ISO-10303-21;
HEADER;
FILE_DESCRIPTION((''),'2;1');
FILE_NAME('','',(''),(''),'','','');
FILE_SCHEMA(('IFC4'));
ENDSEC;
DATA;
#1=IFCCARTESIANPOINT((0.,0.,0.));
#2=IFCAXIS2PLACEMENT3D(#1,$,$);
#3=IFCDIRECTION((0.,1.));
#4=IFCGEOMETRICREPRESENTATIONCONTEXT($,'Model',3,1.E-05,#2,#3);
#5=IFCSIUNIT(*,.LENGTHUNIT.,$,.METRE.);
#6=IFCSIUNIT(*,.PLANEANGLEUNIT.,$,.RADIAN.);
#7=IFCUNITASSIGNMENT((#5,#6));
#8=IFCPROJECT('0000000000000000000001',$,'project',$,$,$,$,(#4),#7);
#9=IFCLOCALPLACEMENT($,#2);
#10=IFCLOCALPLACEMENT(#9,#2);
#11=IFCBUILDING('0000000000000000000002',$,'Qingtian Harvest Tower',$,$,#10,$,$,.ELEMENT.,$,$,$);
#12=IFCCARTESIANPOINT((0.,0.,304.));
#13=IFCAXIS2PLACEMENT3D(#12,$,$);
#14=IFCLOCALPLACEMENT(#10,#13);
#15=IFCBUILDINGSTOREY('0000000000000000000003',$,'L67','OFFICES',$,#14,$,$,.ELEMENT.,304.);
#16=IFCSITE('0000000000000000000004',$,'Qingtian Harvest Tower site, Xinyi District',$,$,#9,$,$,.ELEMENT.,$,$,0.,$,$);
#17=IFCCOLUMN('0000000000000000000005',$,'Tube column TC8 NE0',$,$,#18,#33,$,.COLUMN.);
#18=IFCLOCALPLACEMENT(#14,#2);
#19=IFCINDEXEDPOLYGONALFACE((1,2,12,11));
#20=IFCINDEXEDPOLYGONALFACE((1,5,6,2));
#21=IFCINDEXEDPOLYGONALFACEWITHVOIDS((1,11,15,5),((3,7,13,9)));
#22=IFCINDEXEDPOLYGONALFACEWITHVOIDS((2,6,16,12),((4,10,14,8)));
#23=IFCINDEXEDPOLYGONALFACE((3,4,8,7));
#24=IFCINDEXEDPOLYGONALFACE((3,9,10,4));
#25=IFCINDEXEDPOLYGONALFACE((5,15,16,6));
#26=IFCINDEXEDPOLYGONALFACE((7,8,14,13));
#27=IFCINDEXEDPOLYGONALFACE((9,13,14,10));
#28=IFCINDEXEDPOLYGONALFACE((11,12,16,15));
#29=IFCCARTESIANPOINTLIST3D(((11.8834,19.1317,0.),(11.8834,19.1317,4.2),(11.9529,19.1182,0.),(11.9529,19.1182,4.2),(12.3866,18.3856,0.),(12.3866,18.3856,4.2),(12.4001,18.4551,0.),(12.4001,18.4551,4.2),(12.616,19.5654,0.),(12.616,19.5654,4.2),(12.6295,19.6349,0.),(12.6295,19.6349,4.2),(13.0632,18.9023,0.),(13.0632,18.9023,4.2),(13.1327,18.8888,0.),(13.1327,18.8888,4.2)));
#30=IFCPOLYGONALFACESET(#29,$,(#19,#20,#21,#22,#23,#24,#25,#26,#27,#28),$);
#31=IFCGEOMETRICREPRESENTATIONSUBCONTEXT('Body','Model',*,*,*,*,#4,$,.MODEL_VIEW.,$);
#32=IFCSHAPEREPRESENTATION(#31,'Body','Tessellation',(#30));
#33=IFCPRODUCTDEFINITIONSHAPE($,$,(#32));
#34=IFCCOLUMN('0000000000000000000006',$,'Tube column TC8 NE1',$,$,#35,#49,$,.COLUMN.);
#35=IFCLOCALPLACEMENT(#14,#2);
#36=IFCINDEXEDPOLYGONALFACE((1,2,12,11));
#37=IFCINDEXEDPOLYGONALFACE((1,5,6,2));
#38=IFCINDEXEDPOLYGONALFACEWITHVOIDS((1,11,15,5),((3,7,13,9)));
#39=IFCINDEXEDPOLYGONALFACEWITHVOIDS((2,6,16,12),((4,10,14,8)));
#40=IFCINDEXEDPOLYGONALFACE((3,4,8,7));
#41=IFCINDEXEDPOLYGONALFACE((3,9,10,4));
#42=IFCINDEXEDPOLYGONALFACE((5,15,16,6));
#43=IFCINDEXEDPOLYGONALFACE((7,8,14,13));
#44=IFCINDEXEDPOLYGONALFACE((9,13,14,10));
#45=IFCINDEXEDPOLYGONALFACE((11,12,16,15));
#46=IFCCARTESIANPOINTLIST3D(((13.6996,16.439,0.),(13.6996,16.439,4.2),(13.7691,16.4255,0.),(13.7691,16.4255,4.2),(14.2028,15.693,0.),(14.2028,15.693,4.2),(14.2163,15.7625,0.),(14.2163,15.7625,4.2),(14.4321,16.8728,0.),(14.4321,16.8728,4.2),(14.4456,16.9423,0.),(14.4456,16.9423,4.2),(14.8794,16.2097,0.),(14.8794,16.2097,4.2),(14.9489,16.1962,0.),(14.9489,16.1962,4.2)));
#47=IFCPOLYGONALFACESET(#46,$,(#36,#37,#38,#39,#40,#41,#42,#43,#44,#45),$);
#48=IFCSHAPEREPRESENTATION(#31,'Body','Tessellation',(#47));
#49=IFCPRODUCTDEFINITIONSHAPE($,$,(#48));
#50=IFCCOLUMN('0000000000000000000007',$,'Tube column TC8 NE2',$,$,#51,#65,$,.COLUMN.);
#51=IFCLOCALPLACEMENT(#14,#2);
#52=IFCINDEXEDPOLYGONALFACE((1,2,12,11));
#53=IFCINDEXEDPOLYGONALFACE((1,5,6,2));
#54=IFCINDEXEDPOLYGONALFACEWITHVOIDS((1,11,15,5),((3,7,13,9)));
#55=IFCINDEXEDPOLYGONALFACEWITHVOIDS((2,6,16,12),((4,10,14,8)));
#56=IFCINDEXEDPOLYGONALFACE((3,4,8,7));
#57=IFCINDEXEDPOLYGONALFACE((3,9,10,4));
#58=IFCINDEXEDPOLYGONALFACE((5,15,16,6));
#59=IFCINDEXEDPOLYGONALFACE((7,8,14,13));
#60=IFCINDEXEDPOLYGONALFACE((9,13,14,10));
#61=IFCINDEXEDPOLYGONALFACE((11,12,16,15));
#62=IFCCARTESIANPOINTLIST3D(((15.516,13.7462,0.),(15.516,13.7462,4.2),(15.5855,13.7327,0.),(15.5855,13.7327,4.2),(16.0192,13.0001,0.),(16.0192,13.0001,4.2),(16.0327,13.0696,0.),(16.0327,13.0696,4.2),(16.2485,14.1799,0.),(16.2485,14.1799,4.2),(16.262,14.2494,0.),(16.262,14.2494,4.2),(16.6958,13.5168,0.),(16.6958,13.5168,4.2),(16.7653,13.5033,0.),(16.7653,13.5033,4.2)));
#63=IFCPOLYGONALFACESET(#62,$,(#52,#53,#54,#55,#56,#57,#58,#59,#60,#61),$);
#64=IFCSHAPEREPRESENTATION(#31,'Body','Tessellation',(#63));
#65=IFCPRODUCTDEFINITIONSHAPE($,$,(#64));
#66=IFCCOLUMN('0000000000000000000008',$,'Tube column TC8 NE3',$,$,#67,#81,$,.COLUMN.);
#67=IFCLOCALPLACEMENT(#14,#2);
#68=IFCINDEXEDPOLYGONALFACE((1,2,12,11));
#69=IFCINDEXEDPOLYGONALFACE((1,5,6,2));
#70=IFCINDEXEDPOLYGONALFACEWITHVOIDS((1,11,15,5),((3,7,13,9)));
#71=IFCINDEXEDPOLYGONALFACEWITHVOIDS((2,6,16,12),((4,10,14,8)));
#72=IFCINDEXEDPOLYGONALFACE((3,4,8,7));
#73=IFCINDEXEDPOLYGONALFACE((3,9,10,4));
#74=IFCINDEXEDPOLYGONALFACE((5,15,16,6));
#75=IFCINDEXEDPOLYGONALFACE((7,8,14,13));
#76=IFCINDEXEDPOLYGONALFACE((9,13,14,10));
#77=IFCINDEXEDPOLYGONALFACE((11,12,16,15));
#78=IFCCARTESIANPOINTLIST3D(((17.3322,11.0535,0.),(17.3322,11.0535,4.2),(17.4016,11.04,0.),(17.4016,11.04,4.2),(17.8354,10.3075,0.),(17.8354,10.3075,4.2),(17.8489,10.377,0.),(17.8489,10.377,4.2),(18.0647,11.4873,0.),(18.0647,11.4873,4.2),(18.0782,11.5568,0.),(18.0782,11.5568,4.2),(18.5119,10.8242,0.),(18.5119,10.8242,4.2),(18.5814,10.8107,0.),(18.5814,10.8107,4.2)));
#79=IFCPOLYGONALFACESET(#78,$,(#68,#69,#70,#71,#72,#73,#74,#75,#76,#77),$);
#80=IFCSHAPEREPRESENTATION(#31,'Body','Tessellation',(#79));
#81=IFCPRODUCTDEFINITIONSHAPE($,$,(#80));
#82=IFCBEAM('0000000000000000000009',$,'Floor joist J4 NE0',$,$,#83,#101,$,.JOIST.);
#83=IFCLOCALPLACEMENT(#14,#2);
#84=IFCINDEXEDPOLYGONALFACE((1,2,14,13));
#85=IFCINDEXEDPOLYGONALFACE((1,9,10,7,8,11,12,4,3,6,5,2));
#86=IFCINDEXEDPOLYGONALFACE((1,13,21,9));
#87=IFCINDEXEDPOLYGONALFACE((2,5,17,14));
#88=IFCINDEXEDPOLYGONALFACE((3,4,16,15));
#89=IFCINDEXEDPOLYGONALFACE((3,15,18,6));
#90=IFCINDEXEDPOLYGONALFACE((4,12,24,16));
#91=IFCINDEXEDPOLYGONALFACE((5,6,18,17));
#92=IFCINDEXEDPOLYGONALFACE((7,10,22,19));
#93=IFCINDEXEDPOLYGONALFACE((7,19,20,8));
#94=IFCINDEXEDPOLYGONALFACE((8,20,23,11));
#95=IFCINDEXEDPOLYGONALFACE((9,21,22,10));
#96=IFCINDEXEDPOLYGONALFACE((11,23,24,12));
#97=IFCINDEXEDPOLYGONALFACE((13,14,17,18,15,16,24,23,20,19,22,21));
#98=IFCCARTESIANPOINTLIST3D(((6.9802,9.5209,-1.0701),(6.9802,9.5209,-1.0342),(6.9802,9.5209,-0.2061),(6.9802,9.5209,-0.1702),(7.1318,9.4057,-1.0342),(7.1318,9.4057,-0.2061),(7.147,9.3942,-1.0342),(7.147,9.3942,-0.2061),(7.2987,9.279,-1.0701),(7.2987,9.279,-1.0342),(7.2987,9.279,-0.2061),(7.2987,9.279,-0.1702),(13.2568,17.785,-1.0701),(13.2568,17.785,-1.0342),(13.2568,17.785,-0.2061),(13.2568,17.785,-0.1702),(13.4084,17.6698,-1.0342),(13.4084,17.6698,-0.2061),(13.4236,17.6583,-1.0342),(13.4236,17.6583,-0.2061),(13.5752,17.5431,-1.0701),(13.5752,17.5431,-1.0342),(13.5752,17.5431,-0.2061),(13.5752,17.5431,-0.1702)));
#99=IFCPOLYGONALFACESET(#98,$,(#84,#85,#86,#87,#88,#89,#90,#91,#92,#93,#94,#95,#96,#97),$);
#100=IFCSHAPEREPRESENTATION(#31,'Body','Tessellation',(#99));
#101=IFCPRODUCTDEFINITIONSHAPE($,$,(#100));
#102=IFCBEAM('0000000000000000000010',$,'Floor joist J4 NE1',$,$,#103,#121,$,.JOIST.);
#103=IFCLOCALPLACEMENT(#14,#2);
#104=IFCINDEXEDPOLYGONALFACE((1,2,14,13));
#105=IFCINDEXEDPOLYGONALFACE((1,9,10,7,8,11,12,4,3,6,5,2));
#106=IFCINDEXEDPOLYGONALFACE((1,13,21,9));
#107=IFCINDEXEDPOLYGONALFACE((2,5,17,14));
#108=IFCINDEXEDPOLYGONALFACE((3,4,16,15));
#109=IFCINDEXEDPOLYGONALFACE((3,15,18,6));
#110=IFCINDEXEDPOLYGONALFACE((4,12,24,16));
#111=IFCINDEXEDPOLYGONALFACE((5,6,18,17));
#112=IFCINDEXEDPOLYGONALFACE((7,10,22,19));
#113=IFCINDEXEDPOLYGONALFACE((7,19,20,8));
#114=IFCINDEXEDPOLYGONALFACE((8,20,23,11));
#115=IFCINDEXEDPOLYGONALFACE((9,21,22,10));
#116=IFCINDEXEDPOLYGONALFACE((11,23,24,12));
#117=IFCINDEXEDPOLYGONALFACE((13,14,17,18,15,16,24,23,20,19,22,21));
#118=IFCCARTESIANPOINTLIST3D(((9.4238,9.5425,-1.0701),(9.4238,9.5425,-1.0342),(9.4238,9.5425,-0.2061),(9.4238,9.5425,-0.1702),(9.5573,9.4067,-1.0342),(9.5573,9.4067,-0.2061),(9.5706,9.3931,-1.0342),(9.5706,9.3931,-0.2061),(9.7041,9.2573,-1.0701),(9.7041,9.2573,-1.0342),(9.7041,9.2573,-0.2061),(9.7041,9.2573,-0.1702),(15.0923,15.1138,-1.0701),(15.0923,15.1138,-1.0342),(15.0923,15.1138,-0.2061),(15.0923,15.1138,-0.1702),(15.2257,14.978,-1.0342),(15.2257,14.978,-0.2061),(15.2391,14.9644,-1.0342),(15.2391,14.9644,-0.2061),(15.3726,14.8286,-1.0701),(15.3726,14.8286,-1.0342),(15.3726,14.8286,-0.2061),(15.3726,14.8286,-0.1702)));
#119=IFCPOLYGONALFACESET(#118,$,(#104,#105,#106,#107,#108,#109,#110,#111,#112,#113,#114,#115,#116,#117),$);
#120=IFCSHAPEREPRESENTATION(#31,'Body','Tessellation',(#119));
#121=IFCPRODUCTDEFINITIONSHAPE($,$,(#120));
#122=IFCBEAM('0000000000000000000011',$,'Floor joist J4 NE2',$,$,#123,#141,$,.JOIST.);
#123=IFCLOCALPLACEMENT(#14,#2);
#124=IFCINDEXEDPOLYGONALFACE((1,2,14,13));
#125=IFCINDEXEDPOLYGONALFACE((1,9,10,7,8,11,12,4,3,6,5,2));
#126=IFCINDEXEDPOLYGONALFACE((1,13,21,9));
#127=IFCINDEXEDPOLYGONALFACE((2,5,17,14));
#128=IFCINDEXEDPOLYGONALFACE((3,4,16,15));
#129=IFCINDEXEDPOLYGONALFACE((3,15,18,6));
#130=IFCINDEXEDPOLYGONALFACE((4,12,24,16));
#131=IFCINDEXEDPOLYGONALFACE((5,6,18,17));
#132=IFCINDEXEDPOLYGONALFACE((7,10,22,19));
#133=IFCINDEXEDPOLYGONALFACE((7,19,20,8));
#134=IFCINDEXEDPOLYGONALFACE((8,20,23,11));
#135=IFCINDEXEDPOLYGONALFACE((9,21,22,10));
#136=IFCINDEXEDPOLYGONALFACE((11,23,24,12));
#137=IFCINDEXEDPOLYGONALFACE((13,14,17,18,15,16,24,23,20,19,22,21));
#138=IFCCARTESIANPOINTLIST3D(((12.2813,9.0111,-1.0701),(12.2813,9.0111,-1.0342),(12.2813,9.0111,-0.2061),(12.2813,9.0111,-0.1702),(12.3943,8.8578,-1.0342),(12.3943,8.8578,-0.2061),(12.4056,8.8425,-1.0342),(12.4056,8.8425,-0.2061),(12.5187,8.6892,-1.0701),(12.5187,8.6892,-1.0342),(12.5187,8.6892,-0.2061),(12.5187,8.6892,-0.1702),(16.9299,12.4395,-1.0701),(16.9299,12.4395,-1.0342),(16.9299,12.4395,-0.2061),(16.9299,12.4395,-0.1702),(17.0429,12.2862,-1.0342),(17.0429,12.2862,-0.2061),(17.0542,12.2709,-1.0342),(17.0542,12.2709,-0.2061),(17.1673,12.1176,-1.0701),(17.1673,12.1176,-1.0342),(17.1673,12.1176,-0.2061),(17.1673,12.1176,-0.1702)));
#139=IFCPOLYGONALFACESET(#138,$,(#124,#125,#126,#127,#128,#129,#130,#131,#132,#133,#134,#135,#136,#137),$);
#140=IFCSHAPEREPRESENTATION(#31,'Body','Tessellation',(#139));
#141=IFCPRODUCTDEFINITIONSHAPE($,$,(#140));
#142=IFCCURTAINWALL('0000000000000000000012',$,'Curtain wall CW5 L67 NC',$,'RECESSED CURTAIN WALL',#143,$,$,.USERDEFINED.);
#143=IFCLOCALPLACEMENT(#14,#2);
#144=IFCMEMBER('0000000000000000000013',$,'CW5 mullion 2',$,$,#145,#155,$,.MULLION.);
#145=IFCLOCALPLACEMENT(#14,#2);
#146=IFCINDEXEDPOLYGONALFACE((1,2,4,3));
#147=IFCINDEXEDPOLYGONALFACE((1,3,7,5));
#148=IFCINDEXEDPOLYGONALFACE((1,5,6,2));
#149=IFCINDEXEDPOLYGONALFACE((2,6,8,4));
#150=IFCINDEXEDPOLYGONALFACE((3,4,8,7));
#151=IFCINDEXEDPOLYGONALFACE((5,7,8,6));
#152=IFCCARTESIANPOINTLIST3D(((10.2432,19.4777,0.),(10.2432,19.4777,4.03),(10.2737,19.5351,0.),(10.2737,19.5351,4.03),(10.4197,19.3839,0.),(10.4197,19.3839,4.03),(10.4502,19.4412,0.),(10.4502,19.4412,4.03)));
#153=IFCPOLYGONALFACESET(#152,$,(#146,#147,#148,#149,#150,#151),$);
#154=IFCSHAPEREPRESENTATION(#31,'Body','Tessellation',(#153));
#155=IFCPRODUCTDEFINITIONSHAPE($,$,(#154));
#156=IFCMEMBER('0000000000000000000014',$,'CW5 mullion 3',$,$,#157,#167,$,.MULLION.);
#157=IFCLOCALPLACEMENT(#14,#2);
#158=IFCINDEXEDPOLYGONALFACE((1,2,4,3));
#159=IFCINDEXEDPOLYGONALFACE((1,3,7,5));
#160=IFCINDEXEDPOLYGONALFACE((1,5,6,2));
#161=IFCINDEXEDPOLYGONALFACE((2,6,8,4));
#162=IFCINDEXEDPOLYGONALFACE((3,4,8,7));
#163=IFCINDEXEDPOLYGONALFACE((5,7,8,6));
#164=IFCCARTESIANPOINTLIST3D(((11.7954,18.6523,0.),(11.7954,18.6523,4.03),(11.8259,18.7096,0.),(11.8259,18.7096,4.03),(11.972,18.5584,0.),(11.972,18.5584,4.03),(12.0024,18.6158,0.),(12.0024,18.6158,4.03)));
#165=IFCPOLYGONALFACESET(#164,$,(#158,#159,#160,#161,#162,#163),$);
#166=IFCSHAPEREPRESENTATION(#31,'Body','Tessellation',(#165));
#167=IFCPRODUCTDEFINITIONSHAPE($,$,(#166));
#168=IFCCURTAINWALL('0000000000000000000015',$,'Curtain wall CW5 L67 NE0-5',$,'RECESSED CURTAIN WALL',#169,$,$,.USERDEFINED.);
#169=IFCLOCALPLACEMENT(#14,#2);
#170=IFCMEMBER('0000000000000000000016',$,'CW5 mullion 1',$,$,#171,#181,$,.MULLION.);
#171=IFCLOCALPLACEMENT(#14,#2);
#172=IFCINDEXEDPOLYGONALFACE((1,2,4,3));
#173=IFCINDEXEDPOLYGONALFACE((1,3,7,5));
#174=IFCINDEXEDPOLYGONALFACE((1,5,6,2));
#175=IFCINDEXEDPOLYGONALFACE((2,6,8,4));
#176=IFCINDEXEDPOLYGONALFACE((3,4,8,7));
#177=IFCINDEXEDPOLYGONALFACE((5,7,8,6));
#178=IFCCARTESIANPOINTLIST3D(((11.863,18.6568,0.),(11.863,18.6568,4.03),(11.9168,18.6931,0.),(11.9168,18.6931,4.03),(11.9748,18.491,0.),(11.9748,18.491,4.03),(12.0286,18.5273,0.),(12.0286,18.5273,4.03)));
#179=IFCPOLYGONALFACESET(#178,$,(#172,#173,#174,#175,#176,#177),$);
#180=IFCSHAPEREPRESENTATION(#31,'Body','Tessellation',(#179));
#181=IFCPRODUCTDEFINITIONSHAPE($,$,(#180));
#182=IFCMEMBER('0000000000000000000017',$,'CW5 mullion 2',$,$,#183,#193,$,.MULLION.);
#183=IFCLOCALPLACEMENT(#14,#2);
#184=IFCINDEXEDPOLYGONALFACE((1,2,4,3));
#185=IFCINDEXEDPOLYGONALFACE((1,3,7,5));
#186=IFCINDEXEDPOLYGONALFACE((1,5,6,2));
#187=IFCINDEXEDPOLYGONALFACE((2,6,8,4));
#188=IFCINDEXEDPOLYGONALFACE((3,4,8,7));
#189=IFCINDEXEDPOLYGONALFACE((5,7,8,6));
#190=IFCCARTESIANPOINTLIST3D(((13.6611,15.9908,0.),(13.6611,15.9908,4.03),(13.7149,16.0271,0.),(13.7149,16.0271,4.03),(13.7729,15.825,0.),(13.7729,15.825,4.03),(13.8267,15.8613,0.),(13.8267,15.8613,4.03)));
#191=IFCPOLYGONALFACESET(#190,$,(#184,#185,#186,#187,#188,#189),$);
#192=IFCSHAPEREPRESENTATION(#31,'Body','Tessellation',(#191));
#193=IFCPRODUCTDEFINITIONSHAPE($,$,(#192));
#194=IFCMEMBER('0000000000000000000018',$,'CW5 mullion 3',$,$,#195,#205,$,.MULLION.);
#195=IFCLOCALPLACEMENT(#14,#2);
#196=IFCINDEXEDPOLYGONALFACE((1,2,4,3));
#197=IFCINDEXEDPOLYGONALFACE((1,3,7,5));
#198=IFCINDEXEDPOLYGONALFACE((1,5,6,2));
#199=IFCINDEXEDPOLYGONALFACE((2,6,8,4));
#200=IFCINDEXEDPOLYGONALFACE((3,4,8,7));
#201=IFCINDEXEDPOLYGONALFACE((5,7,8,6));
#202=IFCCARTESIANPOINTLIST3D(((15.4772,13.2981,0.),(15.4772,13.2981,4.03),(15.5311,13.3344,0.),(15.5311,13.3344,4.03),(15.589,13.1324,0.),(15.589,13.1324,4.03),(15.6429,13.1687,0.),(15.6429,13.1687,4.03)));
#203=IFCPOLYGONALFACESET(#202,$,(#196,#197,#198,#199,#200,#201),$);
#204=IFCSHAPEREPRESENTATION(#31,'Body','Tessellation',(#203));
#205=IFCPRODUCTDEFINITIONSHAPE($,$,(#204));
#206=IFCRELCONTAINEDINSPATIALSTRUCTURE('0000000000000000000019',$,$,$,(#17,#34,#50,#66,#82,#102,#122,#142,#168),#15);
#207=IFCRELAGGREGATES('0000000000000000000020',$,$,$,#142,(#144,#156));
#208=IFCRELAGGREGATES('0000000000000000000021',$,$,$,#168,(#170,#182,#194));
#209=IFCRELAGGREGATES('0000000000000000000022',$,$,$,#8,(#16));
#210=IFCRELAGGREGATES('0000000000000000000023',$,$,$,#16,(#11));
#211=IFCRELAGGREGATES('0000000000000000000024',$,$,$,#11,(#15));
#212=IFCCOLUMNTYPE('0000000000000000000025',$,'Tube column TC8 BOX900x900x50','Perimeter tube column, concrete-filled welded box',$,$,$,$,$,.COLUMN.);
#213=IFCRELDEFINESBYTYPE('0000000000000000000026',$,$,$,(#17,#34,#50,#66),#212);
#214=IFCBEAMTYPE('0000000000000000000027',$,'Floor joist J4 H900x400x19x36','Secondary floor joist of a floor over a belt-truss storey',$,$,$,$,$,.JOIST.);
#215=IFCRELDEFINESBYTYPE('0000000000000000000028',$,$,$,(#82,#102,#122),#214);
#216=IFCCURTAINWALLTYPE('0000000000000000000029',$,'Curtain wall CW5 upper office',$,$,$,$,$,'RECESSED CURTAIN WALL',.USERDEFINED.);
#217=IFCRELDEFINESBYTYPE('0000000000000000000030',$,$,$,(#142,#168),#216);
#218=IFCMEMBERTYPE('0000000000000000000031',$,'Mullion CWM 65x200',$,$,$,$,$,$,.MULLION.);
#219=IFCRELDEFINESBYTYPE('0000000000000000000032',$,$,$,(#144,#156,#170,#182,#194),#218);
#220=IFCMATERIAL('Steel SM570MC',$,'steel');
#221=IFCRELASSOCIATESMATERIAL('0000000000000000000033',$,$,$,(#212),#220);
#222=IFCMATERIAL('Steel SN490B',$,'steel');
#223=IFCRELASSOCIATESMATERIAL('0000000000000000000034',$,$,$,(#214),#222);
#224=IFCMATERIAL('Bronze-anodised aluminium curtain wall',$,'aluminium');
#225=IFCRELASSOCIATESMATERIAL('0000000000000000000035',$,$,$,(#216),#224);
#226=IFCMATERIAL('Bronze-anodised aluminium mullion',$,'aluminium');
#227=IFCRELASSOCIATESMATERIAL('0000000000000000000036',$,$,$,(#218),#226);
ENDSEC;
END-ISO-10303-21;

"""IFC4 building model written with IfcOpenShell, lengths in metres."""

from ifc_helpers import new_model, si_unit, direction, frame, origin, origin_2d, place, context, subcontext, project, spatial, rectangle, hollow_rectangle, i_section, extrude, material, material_profile, profile_set, type_object, element, aggregate, save


model = new_model("IFC4")

# Units and contexts
model_context = context("Model", 3, precision=1e-05, world=origin(), true_north=direction((0.0, 1.0)))
body_context = subcontext(model_context, "Body", "Model", "MODEL_VIEW")
ifc_project = project(units=[si_unit("LENGTHUNIT", "METRE"), si_unit("PLANEANGLEUNIT", "RADIAN")], contexts=[model_context])

# Site, building, storey
site_placement = place(None, origin())
site = spatial("IfcSite", under=ifc_project, at=site_placement, Name="Qingtian Harvest Tower site, Xinyi District", CompositionType="ELEMENT", RefElevation=0.0)
building_placement = place(site_placement, origin())
building = spatial("IfcBuilding", under=site, at=building_placement, Name="Qingtian Harvest Tower", CompositionType="ELEMENT")
storey_placement = place(building_placement, frame((0.0, 0.0, 304.0)))
storey = spatial("IfcBuildingStorey", under=building, at=storey_placement, Name="L67", Description="OFFICES", CompositionType="ELEMENT", Elevation=304.0)

# Columns
ifc_material_1 = material(Name="Steel SM570MC", Category="steel")
ifc_material_profile_1 = material_profile(ifc_material_1, hollow_rectangle(XDim=0.8999, YDim=0.8999, WallThickness=0.05, at=origin_2d()), Name="BOX900x900x50")
ifc_profile_set_1 = profile_set([ifc_material_profile_1], Name="Steel SM570MC")
column_type = type_object("IfcColumnType", Name="Tube column TC8 BOX900x900x50", Description="Perimeter tube column, concrete-filled welded box", PredefinedType="COLUMN", material=ifc_profile_set_1)
for number, where, z_axis, x_axis, name in (
    (1, (12.5081, 19.0103, 0.0), (0.0, 0.0, 1.0), (-0.559193, 0.829038, 0.0), "Tube column TC8 NE0"),
    (2, (14.3242, 16.3176, 0.0), (0.0, 0.0, 1.0), (-0.559193, 0.829038, 0.0), "Tube column TC8 NE1"),
    (3, (16.1406, 13.6248, 0.0), (0.0, 0.0, 1.0), (-0.559193, 0.829038, 0.0), "Tube column TC8 NE2"),
    (4, (17.9568, 10.9321, 0.0), (0.0, 0.0, 1.0), (-0.559193, 0.829038, 0.0), "Tube column TC8 NE3"),
):
    element("IfcColumn", number, at=place(storey_placement, frame(where, z_axis=z_axis, x_axis=x_axis)), inside=storey, type_object=column_type, Name=name, PredefinedType="COLUMN", context=body_context, shape_type="SweptSolid", body=[
        extrude(hollow_rectangle(XDim=0.8999, YDim=0.8999, WallThickness=0.05, at=origin_2d()), origin(), (0.0, 0.0, 1.0), 4.2),
    ])

# Beams
ifc_material_2 = material(Name="Steel SN490B", Category="steel")
ifc_material_profile_2 = material_profile(ifc_material_2, i_section(OverallWidth=0.3999, OverallDepth=0.8999, WebThickness=0.019, FlangeThickness=0.0359, at=origin_2d()), Name="H900x400x19x36")
ifc_profile_set_2 = profile_set([ifc_material_profile_2], Name="Steel SN490B")
beam_type_1 = type_object("IfcBeamType", Name="Floor joist J4 H900x400x19x36", Description="Secondary floor joist of a floor over a belt-truss storey", PredefinedType="JOIST", material=ifc_profile_set_2)
beam_1_placement = place(storey_placement, frame((13.416, 17.6641, -0.6201), z_axis=(-0.60483, -0.796355, 0.0), x_axis=(0.796355, -0.60483, 0.0)))
element("IfcBeam", 5, at=beam_1_placement, inside=storey, type_object=beam_type_1, Name="Floor joist J4 NE0", PredefinedType="JOIST", context=body_context, shape_type="SweptSolid", body=[
    extrude(i_section(OverallWidth=0.3999, OverallDepth=0.8999, WebThickness=0.019, FlangeThickness=0.0359, at=origin_2d()), origin(), (0.0, 0.0, 1.0), 10.3774),
])
beam_2_placement = place(storey_placement, frame((15.2324, 14.9712, -0.6201), z_axis=(-0.713193, -0.700968, 0.0), x_axis=(0.700968, -0.713193, 0.0)))
element("IfcBeam", 6, at=beam_2_placement, inside=storey, type_object=beam_type_1, Name="Floor joist J4 NE1", PredefinedType="JOIST", context=body_context, shape_type="SweptSolid", body=[
    extrude(i_section(OverallWidth=0.3999, OverallDepth=0.8999, WebThickness=0.019, FlangeThickness=0.0359, at=origin_2d()), origin(), (0.0, 0.0, 1.0), 7.948),
])
beam_3_placement = place(storey_placement, frame((17.0486, 12.2786, -0.6201), z_axis=(-0.804798, -0.593549, 0.0), x_axis=(0.593549, -0.804798, 0.0)))
element("IfcBeam", 7, at=beam_3_placement, inside=storey, type_object=beam_type_1, Name="Floor joist J4 NE2", PredefinedType="JOIST", context=body_context, shape_type="SweptSolid", body=[
    extrude(i_section(OverallWidth=0.3999, OverallDepth=0.8999, WebThickness=0.019, FlangeThickness=0.0359, at=origin_2d()), origin(), (0.0, 0.0, 1.0), 5.7761),
])

# Curtain walls, members
ifc_material_3 = material(Name="Bronze-anodised aluminium curtain wall", Category="aluminium")
curtain_wall_type = type_object("IfcCurtainWallType", Name="Curtain wall CW5 upper office", ElementType="RECESSED CURTAIN WALL", PredefinedType="USERDEFINED", material=ifc_material_3)
curtain_wall_1_placement = place(storey_placement, origin())
curtain_wall_1 = element("IfcCurtainWall", 8, at=curtain_wall_1_placement, inside=storey, type_object=curtain_wall_type, Name="Curtain wall CW5 L67 NC", ObjectType="RECESSED CURTAIN WALL", PredefinedType="USERDEFINED")
ifc_material_4 = material(Name="Bronze-anodised aluminium mullion", Category="aluminium")
ifc_material_profile_3 = material_profile(ifc_material_4, rectangle(XDim=0.0649, YDim=0.2, at=origin_2d()), Name="AL 65x200")
ifc_profile_set_3 = profile_set([ifc_material_profile_3], Name="Bronze-anodised aluminium mullion")
member_type_1 = type_object("IfcMemberType", Name="Mullion CWM 65x200", PredefinedType="MULLION", material=ifc_profile_set_3)
member_1_placement = place(storey_placement, frame((10.3467, 19.4595, 0.0), z_axis=(0.0, 0.0, 1.0), x_axis=(0.469472, 0.882948, 0.0)))
member_1 = element("IfcMember", 9, at=member_1_placement, type_object=member_type_1, Name="CW5 mullion 2", PredefinedType="MULLION", context=body_context, shape_type="SweptSolid", body=[
    extrude(rectangle(XDim=0.0649, YDim=0.2, at=origin_2d()), origin(), (0.0, 0.0, 1.0), 4.03),
])
member_2_placement = place(storey_placement, frame((11.8989, 18.634, 0.0), z_axis=(0.0, 0.0, 1.0), x_axis=(0.469472, 0.882948, 0.0)))
member_2 = element("IfcMember", 10, at=member_2_placement, type_object=member_type_1, Name="CW5 mullion 3", PredefinedType="MULLION", context=body_context, shape_type="SweptSolid", body=[
    extrude(rectangle(XDim=0.0649, YDim=0.2, at=origin_2d()), origin(), (0.0, 0.0, 1.0), 4.03),
])
curtain_wall_2_placement = place(storey_placement, origin())
curtain_wall_2 = element("IfcCurtainWall", 11, at=curtain_wall_2_placement, inside=storey, type_object=curtain_wall_type, Name="Curtain wall CW5 L67 NE0-5", ObjectType="RECESSED CURTAIN WALL", PredefinedType="USERDEFINED")
member_3_placement = place(storey_placement, frame((11.9458, 18.592, 0.0), z_axis=(0.0, 0.0, 1.0), x_axis=(0.829038, 0.559193, 0.0)))
member_3 = element("IfcMember", 12, at=member_3_placement, type_object=member_type_1, Name="CW5 mullion 1", PredefinedType="MULLION", context=body_context, shape_type="SweptSolid", body=[
    extrude(rectangle(XDim=0.0649, YDim=0.2, at=origin_2d()), origin(), (0.0, 0.0, 1.0), 4.03),
])
member_4_placement = place(storey_placement, frame((13.7439, 15.926, 0.0), z_axis=(0.0, 0.0, 1.0), x_axis=(0.829038, 0.559193, 0.0)))
member_4 = element("IfcMember", 13, at=member_4_placement, type_object=member_type_1, Name="CW5 mullion 2", PredefinedType="MULLION", context=body_context, shape_type="SweptSolid", body=[
    extrude(rectangle(XDim=0.0649, YDim=0.2, at=origin_2d()), origin(), (0.0, 0.0, 1.0), 4.03),
])
member_5_placement = place(storey_placement, frame((15.5601, 13.2334, 0.0), z_axis=(0.0, 0.0, 1.0), x_axis=(0.829038, 0.559193, 0.0)))
member_5 = element("IfcMember", 14, at=member_5_placement, type_object=member_type_1, Name="CW5 mullion 3", PredefinedType="MULLION", context=body_context, shape_type="SweptSolid", body=[
    extrude(rectangle(XDim=0.0649, YDim=0.2, at=origin_2d()), origin(), (0.0, 0.0, 1.0), 4.03),
])

aggregate(curtain_wall_1, [member_1, member_2])
aggregate(curtain_wall_2, [member_3, member_4, member_5])

save(model, "model.ifc")
